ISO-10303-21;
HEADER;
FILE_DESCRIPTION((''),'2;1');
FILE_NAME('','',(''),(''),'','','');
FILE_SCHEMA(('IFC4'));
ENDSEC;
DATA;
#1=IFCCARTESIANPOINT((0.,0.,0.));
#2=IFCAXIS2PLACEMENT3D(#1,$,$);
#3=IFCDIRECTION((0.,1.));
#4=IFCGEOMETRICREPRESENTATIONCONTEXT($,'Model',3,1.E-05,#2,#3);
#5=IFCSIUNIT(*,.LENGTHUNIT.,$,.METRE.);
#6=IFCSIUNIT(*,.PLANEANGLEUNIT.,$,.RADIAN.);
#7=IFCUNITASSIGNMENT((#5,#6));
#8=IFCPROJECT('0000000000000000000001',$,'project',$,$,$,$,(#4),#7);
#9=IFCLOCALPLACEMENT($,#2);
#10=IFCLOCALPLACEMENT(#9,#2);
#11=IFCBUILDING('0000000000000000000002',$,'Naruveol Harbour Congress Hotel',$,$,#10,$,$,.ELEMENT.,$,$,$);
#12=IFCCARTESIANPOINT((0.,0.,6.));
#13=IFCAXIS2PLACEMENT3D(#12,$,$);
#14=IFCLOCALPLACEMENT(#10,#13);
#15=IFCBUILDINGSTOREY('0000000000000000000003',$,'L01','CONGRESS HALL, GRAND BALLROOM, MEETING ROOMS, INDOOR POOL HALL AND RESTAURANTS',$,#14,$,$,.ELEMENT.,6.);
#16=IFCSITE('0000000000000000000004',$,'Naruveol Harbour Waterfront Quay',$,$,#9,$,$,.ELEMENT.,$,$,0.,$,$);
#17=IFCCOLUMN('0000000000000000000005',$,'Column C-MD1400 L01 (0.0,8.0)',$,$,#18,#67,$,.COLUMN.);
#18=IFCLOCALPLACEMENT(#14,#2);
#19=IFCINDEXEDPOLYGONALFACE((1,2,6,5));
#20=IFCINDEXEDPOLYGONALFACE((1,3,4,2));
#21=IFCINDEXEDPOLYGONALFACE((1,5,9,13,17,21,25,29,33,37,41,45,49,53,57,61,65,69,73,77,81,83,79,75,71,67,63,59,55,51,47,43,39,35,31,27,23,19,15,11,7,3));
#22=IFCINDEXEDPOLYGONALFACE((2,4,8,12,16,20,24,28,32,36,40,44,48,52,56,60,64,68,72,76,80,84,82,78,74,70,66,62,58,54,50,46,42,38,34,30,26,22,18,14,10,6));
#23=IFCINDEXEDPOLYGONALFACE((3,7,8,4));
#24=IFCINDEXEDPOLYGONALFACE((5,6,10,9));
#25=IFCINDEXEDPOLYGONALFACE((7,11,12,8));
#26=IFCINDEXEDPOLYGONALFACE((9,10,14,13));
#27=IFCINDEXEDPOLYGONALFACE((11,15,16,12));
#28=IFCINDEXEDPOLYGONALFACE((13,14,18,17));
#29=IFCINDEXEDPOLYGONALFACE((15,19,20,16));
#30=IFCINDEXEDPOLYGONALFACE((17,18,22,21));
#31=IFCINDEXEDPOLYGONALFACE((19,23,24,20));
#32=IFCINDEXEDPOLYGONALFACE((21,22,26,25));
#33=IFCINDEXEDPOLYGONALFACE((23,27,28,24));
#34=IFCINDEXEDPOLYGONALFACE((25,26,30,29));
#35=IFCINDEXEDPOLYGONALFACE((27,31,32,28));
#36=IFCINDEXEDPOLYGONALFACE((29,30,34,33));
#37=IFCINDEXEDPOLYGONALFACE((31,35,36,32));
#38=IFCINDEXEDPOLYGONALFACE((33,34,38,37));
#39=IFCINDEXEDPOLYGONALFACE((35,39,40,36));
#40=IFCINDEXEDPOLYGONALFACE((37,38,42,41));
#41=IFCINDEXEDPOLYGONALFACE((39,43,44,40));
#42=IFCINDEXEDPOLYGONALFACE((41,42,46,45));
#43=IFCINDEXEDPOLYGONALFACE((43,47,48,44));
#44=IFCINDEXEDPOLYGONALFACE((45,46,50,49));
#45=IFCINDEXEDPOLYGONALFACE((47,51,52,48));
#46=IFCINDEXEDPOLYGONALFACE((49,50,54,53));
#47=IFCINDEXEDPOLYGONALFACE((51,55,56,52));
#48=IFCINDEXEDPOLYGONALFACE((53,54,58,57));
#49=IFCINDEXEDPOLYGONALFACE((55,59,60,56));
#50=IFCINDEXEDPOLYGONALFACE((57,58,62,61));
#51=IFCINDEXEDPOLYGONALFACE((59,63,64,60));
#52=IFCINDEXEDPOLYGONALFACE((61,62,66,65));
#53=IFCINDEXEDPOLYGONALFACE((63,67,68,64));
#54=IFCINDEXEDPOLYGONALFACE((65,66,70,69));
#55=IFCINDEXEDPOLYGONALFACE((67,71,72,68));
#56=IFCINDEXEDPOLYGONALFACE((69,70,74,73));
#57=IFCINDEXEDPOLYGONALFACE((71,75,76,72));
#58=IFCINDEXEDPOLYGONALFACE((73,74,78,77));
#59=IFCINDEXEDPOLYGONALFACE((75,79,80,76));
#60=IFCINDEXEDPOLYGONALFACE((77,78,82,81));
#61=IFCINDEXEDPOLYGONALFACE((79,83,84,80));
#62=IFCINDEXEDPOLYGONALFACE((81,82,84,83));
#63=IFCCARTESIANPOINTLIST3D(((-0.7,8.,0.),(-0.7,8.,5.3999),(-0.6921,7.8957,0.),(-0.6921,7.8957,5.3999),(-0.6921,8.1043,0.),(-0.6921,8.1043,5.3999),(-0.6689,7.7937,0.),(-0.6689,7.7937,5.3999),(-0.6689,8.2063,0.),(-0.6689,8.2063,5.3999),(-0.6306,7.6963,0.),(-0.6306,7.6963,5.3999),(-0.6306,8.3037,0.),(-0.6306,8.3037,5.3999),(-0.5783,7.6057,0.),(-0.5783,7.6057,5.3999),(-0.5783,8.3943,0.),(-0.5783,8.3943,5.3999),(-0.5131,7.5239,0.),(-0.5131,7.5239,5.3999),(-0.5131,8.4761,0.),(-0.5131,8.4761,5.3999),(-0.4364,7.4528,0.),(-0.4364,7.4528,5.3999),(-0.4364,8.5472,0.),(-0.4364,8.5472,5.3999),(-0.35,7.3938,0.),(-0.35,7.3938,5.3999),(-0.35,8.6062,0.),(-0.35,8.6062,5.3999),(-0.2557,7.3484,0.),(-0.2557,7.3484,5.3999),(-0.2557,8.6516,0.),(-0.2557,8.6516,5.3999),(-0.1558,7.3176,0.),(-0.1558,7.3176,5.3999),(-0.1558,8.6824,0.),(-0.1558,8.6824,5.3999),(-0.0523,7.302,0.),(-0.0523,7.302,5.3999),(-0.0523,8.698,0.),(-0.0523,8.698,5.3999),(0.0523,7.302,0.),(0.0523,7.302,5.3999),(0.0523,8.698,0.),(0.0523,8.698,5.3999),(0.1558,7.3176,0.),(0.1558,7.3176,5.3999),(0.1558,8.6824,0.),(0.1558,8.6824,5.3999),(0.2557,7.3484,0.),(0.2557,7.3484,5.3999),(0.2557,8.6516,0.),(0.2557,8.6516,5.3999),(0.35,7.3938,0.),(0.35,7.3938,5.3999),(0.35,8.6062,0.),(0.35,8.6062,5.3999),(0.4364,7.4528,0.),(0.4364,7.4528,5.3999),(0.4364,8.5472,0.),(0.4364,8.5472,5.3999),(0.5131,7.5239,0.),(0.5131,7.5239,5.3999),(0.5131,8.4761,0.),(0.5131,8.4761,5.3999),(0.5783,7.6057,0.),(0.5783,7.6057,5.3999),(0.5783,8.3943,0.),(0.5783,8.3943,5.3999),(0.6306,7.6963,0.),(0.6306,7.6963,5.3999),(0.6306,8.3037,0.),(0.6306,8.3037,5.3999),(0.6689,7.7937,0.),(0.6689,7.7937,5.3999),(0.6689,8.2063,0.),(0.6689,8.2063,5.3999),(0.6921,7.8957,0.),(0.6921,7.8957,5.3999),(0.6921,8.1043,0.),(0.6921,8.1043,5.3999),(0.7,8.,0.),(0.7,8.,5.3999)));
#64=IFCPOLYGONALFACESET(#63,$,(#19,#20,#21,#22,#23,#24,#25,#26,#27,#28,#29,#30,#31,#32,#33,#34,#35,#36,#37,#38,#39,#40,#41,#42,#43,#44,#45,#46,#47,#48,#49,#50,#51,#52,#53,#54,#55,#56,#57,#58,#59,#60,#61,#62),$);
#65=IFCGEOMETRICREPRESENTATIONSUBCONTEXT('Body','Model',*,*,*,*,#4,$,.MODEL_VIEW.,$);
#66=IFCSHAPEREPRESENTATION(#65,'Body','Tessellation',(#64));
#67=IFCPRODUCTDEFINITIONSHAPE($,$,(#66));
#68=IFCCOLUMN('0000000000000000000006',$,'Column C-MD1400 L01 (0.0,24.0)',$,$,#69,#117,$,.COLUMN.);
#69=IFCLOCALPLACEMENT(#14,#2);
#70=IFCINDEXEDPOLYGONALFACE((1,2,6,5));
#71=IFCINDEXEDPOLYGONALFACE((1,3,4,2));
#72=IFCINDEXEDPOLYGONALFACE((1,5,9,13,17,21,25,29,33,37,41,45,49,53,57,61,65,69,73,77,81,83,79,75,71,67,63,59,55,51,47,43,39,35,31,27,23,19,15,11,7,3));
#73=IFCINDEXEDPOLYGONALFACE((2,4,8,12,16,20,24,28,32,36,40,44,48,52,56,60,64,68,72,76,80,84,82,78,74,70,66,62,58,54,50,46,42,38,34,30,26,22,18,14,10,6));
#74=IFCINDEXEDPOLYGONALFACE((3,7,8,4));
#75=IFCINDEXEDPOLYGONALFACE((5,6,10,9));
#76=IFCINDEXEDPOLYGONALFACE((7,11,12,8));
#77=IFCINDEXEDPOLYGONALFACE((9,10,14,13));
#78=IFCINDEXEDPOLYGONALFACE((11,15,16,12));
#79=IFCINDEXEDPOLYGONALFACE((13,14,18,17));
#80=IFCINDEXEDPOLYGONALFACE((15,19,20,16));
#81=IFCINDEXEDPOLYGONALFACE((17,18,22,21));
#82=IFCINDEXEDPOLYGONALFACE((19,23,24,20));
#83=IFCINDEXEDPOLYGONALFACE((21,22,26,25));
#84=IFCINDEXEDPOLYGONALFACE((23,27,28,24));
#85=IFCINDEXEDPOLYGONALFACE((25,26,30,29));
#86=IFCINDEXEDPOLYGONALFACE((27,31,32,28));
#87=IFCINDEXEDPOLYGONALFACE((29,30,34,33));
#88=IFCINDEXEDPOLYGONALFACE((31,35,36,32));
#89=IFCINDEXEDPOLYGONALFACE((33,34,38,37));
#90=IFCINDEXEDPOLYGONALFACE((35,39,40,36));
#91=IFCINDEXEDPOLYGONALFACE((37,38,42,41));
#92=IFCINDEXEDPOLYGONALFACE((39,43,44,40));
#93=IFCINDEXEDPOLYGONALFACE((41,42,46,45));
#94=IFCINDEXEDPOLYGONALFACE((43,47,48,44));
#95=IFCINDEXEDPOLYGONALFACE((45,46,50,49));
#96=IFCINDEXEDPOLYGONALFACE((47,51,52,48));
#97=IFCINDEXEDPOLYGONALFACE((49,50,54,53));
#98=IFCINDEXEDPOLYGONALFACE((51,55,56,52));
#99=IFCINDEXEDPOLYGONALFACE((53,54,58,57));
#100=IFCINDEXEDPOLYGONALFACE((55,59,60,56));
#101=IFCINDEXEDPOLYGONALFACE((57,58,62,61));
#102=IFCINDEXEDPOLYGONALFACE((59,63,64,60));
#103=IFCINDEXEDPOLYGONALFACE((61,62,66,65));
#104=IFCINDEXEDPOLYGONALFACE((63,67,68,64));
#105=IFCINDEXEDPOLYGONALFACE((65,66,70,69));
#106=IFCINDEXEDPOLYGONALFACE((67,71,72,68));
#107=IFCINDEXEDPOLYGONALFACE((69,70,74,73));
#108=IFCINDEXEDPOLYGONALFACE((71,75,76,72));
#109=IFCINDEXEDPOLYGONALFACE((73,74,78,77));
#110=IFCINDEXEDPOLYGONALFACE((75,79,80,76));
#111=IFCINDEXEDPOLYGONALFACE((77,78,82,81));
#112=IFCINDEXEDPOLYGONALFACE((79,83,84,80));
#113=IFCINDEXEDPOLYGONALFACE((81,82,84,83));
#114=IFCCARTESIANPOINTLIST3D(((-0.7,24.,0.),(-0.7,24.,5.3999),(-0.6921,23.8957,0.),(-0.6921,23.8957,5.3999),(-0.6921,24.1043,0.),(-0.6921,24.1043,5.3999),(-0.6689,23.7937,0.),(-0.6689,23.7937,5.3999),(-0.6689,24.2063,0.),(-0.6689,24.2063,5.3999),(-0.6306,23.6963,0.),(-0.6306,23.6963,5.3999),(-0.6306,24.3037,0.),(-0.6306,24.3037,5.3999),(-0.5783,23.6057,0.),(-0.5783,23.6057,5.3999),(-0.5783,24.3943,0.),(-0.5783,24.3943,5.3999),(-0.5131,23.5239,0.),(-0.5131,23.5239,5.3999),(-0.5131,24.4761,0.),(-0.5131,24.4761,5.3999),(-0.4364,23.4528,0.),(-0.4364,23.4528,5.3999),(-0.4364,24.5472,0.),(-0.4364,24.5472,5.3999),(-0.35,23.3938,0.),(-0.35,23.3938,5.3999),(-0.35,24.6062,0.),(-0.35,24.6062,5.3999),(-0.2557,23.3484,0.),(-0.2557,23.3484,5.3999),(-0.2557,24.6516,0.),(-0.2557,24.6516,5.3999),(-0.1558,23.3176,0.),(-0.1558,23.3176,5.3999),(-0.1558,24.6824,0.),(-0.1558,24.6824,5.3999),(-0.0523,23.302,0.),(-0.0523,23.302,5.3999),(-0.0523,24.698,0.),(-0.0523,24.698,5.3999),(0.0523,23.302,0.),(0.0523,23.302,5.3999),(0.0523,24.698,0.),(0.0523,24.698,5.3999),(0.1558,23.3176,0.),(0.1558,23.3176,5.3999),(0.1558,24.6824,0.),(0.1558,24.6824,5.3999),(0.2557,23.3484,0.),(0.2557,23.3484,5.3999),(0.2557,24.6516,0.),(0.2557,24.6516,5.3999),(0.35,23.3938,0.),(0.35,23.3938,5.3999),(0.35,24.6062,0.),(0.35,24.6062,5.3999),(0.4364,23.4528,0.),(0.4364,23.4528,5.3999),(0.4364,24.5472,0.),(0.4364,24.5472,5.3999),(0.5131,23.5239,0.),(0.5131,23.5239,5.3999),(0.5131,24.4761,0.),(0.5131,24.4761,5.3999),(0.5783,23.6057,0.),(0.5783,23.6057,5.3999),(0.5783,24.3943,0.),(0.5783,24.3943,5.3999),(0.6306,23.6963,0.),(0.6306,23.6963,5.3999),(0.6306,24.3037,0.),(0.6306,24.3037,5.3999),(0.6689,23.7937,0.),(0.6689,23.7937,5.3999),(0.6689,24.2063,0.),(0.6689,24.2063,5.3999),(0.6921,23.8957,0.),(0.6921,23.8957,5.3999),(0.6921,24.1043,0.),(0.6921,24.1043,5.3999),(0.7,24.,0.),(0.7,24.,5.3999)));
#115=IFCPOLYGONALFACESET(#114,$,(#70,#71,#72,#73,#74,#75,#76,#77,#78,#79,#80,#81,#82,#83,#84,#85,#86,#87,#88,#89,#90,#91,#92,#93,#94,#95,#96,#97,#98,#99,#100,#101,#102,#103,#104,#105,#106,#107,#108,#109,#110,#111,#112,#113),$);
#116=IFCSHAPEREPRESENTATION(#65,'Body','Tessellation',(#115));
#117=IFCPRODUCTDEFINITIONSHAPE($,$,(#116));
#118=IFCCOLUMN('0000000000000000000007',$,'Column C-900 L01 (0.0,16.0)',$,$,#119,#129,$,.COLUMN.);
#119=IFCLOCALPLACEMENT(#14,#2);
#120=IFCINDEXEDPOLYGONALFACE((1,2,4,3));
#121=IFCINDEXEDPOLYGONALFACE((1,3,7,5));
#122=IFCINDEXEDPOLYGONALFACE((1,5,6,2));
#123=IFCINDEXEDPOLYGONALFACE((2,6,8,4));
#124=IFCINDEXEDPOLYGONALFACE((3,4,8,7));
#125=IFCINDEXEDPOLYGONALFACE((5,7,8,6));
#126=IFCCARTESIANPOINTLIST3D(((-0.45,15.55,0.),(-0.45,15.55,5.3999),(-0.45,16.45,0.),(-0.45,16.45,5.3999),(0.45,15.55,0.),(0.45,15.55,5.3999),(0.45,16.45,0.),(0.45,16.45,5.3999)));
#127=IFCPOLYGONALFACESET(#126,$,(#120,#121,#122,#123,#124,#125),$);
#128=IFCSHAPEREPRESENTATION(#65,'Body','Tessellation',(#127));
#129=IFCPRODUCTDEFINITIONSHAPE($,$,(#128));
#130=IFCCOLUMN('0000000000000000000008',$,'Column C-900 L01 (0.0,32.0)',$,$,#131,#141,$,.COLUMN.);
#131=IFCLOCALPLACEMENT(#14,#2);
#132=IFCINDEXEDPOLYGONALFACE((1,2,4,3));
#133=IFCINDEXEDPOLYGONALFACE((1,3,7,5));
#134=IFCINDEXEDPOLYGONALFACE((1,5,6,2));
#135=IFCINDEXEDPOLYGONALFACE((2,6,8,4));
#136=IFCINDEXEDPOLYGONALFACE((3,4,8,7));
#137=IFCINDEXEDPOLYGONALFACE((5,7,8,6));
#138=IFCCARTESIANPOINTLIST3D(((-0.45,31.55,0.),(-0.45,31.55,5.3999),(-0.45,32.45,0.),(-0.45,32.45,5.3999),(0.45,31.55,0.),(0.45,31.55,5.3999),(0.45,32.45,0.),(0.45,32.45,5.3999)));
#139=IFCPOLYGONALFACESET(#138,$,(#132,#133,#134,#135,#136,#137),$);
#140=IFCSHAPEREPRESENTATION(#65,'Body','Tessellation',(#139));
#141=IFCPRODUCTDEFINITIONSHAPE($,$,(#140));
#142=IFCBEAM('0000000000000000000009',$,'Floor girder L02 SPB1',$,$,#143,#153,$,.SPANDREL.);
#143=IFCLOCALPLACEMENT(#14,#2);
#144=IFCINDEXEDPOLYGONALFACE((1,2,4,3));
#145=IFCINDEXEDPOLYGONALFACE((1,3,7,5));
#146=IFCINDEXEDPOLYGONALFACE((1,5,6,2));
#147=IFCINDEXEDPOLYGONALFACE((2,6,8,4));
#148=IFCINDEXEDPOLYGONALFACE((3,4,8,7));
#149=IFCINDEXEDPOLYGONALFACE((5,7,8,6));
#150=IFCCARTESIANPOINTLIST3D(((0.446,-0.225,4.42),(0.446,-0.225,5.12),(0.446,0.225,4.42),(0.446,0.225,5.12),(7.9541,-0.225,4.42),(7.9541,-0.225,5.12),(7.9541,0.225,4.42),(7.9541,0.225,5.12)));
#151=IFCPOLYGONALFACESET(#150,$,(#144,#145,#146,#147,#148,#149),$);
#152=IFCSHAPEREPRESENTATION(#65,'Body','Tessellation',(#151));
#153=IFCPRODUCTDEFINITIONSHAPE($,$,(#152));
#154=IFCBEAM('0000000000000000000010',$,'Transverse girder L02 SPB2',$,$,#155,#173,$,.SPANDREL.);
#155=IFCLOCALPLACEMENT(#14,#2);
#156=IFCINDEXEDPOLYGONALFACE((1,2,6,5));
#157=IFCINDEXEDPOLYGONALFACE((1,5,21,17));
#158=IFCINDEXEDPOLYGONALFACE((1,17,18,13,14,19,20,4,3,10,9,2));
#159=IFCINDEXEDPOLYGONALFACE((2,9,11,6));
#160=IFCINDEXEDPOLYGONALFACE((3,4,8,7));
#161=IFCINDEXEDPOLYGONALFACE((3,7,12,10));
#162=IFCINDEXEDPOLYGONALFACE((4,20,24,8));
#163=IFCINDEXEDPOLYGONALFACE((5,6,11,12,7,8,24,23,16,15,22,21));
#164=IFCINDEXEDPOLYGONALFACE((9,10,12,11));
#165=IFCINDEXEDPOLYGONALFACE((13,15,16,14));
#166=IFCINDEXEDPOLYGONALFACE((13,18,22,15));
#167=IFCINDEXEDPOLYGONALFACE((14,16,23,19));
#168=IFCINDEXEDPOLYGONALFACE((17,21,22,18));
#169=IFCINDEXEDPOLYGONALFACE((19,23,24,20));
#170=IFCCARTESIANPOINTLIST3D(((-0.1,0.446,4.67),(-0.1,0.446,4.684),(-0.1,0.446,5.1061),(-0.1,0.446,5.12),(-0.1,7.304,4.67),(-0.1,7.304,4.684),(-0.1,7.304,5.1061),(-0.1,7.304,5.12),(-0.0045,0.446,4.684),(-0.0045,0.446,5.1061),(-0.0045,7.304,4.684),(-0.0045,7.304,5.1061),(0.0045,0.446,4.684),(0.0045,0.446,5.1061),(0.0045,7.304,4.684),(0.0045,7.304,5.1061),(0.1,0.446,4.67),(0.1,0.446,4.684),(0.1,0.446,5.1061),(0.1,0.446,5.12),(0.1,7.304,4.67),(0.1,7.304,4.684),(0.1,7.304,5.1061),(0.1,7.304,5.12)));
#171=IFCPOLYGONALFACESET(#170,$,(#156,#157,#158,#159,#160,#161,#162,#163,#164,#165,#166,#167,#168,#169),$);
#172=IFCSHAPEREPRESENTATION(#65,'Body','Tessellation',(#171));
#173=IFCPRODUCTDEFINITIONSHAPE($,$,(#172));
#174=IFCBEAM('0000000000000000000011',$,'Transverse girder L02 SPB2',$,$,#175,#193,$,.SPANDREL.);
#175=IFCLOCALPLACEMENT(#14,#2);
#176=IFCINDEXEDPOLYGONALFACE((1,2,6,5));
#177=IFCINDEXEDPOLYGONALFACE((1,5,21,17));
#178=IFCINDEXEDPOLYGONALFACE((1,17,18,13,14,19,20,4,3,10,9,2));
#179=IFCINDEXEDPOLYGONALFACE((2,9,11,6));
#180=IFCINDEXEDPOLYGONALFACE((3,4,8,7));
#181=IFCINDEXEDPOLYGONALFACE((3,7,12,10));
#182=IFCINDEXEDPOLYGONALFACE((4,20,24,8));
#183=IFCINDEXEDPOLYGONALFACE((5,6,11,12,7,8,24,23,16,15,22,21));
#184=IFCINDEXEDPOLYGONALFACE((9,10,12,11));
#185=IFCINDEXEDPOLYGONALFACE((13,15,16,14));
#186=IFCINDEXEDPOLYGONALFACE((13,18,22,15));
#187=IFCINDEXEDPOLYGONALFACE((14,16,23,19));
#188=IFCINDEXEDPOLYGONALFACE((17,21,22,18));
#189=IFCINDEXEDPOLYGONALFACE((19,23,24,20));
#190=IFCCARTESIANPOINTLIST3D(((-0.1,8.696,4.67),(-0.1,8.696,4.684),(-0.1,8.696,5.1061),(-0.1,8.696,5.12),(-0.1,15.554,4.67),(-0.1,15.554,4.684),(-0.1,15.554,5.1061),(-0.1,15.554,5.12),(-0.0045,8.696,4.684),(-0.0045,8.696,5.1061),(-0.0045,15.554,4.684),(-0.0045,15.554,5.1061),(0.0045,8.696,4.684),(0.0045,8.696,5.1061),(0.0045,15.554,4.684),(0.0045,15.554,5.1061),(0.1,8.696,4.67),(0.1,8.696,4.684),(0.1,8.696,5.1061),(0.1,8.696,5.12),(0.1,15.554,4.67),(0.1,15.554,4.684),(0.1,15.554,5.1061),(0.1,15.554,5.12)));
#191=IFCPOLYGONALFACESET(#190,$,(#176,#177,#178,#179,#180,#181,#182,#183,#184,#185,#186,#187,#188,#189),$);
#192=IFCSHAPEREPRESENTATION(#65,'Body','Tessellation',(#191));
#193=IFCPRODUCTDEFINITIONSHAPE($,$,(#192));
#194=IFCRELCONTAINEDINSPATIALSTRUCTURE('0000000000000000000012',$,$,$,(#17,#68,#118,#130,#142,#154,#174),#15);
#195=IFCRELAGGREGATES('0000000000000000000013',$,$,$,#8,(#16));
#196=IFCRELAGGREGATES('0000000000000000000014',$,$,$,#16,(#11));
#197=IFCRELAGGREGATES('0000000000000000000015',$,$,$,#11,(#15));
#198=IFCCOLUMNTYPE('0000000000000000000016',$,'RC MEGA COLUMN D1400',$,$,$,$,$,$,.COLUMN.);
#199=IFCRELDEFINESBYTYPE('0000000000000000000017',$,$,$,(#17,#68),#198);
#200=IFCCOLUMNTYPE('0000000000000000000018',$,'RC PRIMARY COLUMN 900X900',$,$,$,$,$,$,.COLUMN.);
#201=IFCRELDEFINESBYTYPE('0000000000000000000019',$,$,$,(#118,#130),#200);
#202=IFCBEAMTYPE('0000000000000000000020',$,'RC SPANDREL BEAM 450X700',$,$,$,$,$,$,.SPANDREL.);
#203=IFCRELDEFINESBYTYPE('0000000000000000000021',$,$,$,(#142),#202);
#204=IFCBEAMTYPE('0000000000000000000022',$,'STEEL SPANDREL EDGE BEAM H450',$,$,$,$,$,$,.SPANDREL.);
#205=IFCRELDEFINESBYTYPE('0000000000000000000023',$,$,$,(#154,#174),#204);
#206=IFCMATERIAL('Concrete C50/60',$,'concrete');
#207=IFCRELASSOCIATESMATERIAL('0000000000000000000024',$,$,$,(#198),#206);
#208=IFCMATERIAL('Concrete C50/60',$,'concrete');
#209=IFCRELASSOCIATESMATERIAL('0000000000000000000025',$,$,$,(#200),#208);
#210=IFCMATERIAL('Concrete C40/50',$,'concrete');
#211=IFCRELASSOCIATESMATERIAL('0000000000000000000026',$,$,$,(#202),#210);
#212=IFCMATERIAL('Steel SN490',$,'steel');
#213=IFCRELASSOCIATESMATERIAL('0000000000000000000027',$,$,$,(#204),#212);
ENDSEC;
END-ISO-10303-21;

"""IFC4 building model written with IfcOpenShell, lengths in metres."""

from ifc_helpers import new_model, si_unit, direction, frame, origin, origin_2d, place, context, subcontext, project, spatial, rectangle, circle, i_section, extrude, material, material_profile, profile_set, type_object, element, save


model = new_model("IFC4")

# Units and contexts
model_context = context("Model", 3, precision=1e-05, world=origin(), true_north=direction((0.0, 1.0)))
body_context = subcontext(model_context, "Body", "Model", "MODEL_VIEW")
ifc_project = project(units=[si_unit("LENGTHUNIT", "METRE"), si_unit("PLANEANGLEUNIT", "RADIAN")], contexts=[model_context])

# Site, building, storey
site_placement = place(None, origin())
site = spatial("IfcSite", under=ifc_project, at=site_placement, Name="Naruveol Harbour Waterfront Quay", CompositionType="ELEMENT", RefElevation=0.0)
building_placement = place(site_placement, origin())
building = spatial("IfcBuilding", under=site, at=building_placement, Name="Naruveol Harbour Congress Hotel", CompositionType="ELEMENT")
storey_placement = place(building_placement, frame((0.0, 0.0, 6.0)))
storey = spatial("IfcBuildingStorey", under=building, at=storey_placement, Name="L01", Description="CONGRESS HALL, GRAND BALLROOM, MEETING ROOMS, INDOOR POOL HALL AND RESTAURANTS", CompositionType="ELEMENT", Elevation=6.0)

# Columns
ifc_material_1 = material(Name="Concrete C50/60", Category="concrete")
ifc_material_profile_1 = material_profile(ifc_material_1, circle(Radius=0.7, at=origin_2d()), Name="RC-D1400")
ifc_profile_set_1 = profile_set([ifc_material_profile_1], Name="Concrete C50/60")
column_type_1 = type_object("IfcColumnType", Name="RC MEGA COLUMN D1400", PredefinedType="COLUMN", material=ifc_profile_set_1)
for number, where, z_axis, x_axis, name in (
    (1, (0.0, 8.0, 0.0), (0.0, 0.0, 1.0), (1.0, 0.0, 0.0), "Column C-MD1400 L01 (0.0,8.0)"),
    (2, (0.0, 24.0, 0.0), (0.0, 0.0, 1.0), (1.0, 0.0, 0.0), "Column C-MD1400 L01 (0.0,24.0)"),
):
    element("IfcColumn", number, at=place(storey_placement, frame(where, z_axis=z_axis, x_axis=x_axis)), inside=storey, type_object=column_type_1, Name=name, PredefinedType="COLUMN", context=body_context, shape_type="SweptSolid", body=[
        extrude(circle(Radius=0.7, at=origin_2d()), origin(), (0.0, 0.0, 1.0), 5.3999),
    ])
ifc_material_2 = material(Name="Concrete C50/60", Category="concrete")
ifc_material_profile_2 = material_profile(ifc_material_2, rectangle(XDim=0.8999, YDim=0.8999, at=origin_2d()), Name="RC-900x900")
ifc_profile_set_2 = profile_set([ifc_material_profile_2], Name="Concrete C50/60")
column_type_2 = type_object("IfcColumnType", Name="RC PRIMARY COLUMN 900X900", PredefinedType="COLUMN", material=ifc_profile_set_2)
for number, where, z_axis, x_axis, name in (
    (3, (0.0, 16.0, 0.0), (0.0, 0.0, 1.0), (1.0, 0.0, 0.0), "Column C-900 L01 (0.0,16.0)"),
    (4, (0.0, 32.0, 0.0), (0.0, 0.0, 1.0), (1.0, 0.0, 0.0), "Column C-900 L01 (0.0,32.0)"),
):
    element("IfcColumn", number, at=place(storey_placement, frame(where, z_axis=z_axis, x_axis=x_axis)), inside=storey, type_object=column_type_2, Name=name, PredefinedType="COLUMN", context=body_context, shape_type="SweptSolid", body=[
        extrude(rectangle(XDim=0.8999, YDim=0.8999, at=origin_2d()), origin(), (0.0, 0.0, 1.0), 5.3999),
    ])

# Beams
ifc_material_3 = material(Name="Concrete C40/50", Category="concrete")
ifc_material_profile_3 = material_profile(ifc_material_3, rectangle(XDim=0.45, YDim=0.7, at=origin_2d()), Name="RCB-450x700")
ifc_profile_set_3 = profile_set([ifc_material_profile_3], Name="Concrete C40/50")
beam_type_1 = type_object("IfcBeamType", Name="RC SPANDREL BEAM 450X700", PredefinedType="SPANDREL", material=ifc_profile_set_3)
beam_1_placement = place(storey_placement, frame((0.446, 0.0, 4.77), z_axis=(1.0, 0.0, 0.0), x_axis=(0.0, 1.0, 0.0)))
element("IfcBeam", 5, at=beam_1_placement, inside=storey, type_object=beam_type_1, Name="Floor girder L02 SPB1", PredefinedType="SPANDREL", context=body_context, shape_type="SweptSolid", body=[
    extrude(rectangle(XDim=0.45, YDim=0.7, at=origin_2d()), origin(), (0.0, 0.0, 1.0), 7.5081),
])
ifc_material_4 = material(Name="Steel SN490", Category="steel")
ifc_material_profile_4 = material_profile(ifc_material_4, i_section(OverallWidth=0.2, OverallDepth=0.45, WebThickness=0.009, FlangeThickness=0.0139, at=origin_2d()), Name="H-450x200x9x14")
ifc_profile_set_4 = profile_set([ifc_material_profile_4], Name="Steel SN490")
beam_type_2 = type_object("IfcBeamType", Name="STEEL SPANDREL EDGE BEAM H450", PredefinedType="SPANDREL", material=ifc_profile_set_4)
for number, where, z_axis, x_axis, name in (
    (6, (0.0, 0.446, 4.895), (0.0, 1.0, 0.0), (-1.0, 0.0, 0.0), "Transverse girder L02 SPB2"),
    (7, (0.0, 8.696, 4.895), (0.0, 1.0, 0.0), (-1.0, 0.0, 0.0), "Transverse girder L02 SPB2"),
):
    element("IfcBeam", number, at=place(storey_placement, frame(where, z_axis=z_axis, x_axis=x_axis)), inside=storey, type_object=beam_type_2, Name=name, PredefinedType="SPANDREL", context=body_context, shape_type="SweptSolid", body=[
        extrude(i_section(OverallWidth=0.2, OverallDepth=0.45, WebThickness=0.009, FlangeThickness=0.0139, at=origin_2d()), origin(), (0.0, 0.0, 1.0), 6.8579),
    ])

save(model, "model.ifc")
